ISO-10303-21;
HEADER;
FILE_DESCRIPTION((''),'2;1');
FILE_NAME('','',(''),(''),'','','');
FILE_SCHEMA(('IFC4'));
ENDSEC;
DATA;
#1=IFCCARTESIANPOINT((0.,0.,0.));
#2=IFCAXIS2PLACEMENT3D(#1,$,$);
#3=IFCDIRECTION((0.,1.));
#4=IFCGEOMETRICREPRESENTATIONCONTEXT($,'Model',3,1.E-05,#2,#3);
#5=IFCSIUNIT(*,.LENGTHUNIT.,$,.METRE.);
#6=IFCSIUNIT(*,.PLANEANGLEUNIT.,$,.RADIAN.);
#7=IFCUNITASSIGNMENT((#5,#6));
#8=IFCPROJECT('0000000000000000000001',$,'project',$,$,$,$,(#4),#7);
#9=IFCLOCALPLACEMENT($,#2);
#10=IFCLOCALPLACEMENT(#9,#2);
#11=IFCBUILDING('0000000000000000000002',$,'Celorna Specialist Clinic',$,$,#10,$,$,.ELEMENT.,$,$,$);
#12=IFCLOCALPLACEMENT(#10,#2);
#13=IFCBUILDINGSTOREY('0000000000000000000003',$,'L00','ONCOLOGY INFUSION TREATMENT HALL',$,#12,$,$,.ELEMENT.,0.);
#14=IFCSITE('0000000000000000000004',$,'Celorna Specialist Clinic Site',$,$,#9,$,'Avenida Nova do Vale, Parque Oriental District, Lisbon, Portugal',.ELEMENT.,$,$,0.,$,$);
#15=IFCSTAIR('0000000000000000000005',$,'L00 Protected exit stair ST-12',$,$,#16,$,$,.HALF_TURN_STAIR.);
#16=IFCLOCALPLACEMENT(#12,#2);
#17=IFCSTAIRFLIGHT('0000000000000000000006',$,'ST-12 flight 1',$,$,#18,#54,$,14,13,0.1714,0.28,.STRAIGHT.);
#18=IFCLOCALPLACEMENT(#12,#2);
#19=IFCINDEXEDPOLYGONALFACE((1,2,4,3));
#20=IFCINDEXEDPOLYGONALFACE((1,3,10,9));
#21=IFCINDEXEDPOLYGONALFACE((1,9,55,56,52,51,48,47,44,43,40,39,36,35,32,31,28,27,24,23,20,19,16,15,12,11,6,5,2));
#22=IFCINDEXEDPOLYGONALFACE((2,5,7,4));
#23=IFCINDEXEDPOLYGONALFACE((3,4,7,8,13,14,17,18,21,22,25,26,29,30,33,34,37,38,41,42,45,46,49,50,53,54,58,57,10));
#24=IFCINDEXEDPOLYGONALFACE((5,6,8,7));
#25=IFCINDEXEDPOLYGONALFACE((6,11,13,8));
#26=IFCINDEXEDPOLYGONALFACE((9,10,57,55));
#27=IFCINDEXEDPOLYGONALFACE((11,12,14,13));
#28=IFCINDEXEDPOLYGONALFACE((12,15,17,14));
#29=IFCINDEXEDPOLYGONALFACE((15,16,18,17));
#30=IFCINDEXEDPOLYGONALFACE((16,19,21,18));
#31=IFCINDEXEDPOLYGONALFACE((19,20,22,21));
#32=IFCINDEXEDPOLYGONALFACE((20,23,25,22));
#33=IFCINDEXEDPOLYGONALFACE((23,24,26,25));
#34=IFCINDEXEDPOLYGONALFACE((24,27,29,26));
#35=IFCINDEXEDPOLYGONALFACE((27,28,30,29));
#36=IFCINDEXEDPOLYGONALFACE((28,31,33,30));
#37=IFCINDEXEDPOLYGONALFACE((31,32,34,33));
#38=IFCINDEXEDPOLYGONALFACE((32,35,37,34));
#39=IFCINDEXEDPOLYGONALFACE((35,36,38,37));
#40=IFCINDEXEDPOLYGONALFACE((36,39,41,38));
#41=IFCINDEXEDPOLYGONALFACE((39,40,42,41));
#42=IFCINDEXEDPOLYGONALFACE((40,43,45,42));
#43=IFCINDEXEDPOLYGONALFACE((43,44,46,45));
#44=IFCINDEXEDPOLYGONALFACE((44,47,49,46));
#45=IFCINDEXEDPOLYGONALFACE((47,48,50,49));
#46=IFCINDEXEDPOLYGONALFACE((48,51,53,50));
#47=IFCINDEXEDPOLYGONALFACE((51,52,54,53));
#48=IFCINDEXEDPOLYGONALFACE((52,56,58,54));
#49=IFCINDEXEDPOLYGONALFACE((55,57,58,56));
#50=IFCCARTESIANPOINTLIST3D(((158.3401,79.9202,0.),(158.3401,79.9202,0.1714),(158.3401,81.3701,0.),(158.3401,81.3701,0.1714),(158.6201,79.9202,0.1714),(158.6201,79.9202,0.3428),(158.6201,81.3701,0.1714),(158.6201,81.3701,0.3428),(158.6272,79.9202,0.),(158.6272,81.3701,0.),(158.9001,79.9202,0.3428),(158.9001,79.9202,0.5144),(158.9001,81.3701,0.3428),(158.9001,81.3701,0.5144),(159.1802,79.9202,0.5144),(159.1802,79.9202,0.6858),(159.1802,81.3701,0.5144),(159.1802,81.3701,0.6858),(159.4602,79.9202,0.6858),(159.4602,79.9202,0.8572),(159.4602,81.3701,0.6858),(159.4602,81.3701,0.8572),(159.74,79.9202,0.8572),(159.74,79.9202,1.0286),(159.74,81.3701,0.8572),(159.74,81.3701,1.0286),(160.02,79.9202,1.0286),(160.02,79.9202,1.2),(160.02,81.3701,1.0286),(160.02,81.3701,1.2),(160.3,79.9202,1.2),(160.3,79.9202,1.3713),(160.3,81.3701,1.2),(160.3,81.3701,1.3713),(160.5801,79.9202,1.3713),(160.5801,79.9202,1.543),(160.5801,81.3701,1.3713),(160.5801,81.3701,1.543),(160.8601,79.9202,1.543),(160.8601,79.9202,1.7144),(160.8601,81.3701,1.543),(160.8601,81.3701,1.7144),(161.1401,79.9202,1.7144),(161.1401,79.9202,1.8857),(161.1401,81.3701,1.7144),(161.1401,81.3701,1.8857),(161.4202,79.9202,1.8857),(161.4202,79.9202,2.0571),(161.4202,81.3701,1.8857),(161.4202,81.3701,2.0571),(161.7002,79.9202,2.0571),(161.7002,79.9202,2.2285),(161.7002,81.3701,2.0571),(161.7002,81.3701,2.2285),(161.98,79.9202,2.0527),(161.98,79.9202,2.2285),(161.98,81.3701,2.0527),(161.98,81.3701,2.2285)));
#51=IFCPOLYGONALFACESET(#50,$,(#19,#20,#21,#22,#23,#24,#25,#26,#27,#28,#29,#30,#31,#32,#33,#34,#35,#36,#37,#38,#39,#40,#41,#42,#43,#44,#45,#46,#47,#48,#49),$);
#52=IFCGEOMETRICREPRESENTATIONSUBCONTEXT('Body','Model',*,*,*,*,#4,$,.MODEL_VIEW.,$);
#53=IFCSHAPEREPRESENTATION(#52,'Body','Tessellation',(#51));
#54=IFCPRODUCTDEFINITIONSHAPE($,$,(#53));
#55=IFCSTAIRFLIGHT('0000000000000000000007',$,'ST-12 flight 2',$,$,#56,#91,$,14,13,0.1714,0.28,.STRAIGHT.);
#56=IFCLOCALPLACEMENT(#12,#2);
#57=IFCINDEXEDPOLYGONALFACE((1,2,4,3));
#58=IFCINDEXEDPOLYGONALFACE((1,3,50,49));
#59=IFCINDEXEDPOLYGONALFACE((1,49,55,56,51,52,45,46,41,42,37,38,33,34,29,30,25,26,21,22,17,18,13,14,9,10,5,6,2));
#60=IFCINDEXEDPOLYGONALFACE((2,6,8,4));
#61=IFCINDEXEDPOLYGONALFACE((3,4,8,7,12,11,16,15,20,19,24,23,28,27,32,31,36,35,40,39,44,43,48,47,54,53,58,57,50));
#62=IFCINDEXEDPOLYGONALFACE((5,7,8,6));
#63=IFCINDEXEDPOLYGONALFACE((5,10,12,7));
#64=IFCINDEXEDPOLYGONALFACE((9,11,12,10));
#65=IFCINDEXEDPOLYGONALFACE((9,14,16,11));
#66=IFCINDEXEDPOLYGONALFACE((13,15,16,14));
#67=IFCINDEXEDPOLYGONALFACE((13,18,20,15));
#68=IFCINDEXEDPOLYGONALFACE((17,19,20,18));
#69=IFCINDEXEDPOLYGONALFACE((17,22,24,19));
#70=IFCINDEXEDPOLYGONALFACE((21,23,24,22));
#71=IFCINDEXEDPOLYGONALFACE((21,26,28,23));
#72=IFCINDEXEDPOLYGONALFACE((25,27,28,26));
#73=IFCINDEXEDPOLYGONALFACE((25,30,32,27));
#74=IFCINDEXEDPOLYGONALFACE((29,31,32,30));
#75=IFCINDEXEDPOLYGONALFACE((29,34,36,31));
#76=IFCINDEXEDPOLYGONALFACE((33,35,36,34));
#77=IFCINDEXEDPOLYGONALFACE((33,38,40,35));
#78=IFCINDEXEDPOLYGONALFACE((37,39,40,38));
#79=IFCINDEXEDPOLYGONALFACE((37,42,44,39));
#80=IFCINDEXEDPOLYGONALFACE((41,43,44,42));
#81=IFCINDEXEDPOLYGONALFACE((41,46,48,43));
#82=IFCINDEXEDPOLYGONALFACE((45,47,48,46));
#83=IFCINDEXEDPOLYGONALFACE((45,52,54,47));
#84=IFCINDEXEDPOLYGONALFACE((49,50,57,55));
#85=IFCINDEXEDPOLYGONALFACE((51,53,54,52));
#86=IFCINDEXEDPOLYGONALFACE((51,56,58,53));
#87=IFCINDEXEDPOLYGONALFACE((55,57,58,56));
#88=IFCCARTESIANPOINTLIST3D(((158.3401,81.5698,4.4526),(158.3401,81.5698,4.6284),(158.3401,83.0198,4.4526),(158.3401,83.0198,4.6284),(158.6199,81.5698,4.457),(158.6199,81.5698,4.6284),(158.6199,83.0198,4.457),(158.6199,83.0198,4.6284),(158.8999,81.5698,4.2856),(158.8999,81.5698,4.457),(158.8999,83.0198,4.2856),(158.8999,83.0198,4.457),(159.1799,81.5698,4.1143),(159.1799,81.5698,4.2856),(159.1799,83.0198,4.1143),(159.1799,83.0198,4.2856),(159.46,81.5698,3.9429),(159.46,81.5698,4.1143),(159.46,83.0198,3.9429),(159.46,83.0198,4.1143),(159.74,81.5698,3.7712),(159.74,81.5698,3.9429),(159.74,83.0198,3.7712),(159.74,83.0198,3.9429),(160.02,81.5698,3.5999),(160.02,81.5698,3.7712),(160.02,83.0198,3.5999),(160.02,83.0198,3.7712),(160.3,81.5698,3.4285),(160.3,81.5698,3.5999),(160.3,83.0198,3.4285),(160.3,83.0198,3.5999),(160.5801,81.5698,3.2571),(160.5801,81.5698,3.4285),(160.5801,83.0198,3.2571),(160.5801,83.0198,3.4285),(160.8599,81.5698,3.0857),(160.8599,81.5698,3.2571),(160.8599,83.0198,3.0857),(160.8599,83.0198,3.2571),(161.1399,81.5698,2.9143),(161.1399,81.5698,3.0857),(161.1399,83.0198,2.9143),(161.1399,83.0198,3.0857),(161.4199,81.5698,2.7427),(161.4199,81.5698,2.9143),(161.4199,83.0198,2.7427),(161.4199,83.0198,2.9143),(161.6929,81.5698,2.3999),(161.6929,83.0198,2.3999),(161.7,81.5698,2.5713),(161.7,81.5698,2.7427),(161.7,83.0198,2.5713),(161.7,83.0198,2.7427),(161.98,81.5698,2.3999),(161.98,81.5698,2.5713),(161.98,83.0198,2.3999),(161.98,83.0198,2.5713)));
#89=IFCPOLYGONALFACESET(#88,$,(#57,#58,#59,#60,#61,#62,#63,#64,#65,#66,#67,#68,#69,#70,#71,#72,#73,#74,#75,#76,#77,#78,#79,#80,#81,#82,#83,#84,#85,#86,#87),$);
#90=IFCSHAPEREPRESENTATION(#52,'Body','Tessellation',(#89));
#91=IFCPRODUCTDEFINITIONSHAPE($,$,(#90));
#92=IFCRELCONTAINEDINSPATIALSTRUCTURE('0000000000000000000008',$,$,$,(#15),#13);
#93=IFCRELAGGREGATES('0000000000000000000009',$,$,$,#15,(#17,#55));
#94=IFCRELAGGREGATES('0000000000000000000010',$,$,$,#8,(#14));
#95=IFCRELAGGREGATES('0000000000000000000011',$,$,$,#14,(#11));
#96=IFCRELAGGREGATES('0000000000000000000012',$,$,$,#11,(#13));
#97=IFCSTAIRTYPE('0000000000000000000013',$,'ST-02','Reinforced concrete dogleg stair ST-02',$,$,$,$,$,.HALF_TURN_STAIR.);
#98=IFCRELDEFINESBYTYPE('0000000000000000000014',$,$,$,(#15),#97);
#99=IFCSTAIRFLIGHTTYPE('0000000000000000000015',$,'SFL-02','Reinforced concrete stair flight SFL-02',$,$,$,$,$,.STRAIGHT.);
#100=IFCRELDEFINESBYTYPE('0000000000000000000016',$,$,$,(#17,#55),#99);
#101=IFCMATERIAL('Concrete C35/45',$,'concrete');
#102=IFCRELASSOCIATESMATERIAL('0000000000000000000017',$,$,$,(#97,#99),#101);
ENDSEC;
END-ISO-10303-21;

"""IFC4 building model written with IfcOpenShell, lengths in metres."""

from ifc_helpers import new_model, si_unit, direction, frame, origin, place, context, subcontext, project, spatial, polyline, outline, extrude, material, type_object, element, aggregate, save


model = new_model("IFC4")

# Units and contexts
model_context = context("Model", 3, precision=1e-05, world=origin(), true_north=direction((0.0, 1.0)))
body_context = subcontext(model_context, "Body", "Model", "MODEL_VIEW")
ifc_project = project(units=[si_unit("LENGTHUNIT", "METRE"), si_unit("PLANEANGLEUNIT", "RADIAN")], contexts=[model_context])

# Site, building, storey
site_placement = place(None, origin())
site = spatial("IfcSite", under=ifc_project, at=site_placement, Name="Celorna Specialist Clinic Site", LongName="Avenida Nova do Vale, Parque Oriental District, Lisbon, Portugal", CompositionType="ELEMENT", RefElevation=0.0)
building_placement = place(site_placement, origin())
building = spatial("IfcBuilding", under=site, at=building_placement, Name="Celorna Specialist Clinic", CompositionType="ELEMENT")
storey_placement = place(building_placement, origin())
storey = spatial("IfcBuildingStorey", under=building, at=storey_placement, Name="L00", Description="ONCOLOGY INFUSION TREATMENT HALL", CompositionType="ELEMENT", Elevation=0.0)

# Shared definitions
ifc_material_1 = material(Name="Concrete C35/45", Category="concrete")

# Stair, stair flights
stair_type = type_object("IfcStairType", Name="ST-02", Description="Reinforced concrete dogleg stair ST-02", PredefinedType="HALF_TURN_STAIR", material=ifc_material_1)
stair_placement = place(storey_placement, origin())
stair = element("IfcStair", 1, at=stair_placement, inside=storey, type_object=stair_type, Name="L00 Protected exit stair ST-12", PredefinedType="HALF_TURN_STAIR")
stair_flight_type = type_object("IfcStairFlightType", Name="SFL-02", Description="Reinforced concrete stair flight SFL-02", PredefinedType="STRAIGHT", material=ifc_material_1)
stair_flight_1_placement = place(storey_placement, frame((158.3401, 80.645, 0.0), z_axis=(0.0, 0.0, 1.0), x_axis=(1.0, 0.0, 0.0)))
stair_flight_1 = element("IfcStairFlight", 2, at=stair_flight_1_placement, type_object=stair_flight_type, Name="ST-12 flight 1", NumberOfRisers=14, NumberOfTreads=13, PredefinedType="STRAIGHT", RiserHeight=0.1714, TreadLength=0.28, context=body_context, shape_type="SweptSolid", body=[
    extrude(outline(polyline([(0.0, 0.0), (0.0, 0.1714), (0.28, 0.1714), (0.28, 0.3428), (0.5601, 0.3428), (0.5601, 0.5144), (0.8401, 0.5144), (0.8401, 0.6858), (1.1201, 0.6858), (1.1201, 0.8572), (1.3999, 0.8572), (1.3999, 1.0286), (1.6799, 1.0286), (1.6799, 1.2), (1.96, 1.2), (1.96, 1.3713), (2.24, 1.3713), (2.24, 1.543), (2.52, 1.543), (2.52, 1.7144), (2.8, 1.7144), (2.8, 1.8857), (3.0801, 1.8857), (3.0801, 2.0571), (3.3601, 2.0571), (3.3601, 2.2285), (3.6399, 2.2285), (3.6399, 2.3999), (3.6399, 2.0527), (0.2871, 0.0), (0.0, 0.0)])), frame((0.0, 0.7251, 0.0), z_axis=(0.0, -1.0, 0.0), x_axis=(1.0, 0.0, 0.0)), (0.0, 0.0, 1.0), 1.45),
])
stair_flight_2_placement = place(storey_placement, frame((161.98, 82.2949, 2.3999), z_axis=(0.0, 0.0, 1.0), x_axis=(-1.0, 0.0, 0.0)))
stair_flight_2 = element("IfcStairFlight", 3, at=stair_flight_2_placement, type_object=stair_flight_type, Name="ST-12 flight 2", NumberOfRisers=14, NumberOfTreads=13, PredefinedType="STRAIGHT", RiserHeight=0.1714, TreadLength=0.28, context=body_context, shape_type="SweptSolid", body=[
    extrude(outline(polyline([(0.0, 0.0), (0.0, 0.1714), (0.28, 0.1714), (0.28, 0.3428), (0.5601, 0.3428), (0.5601, 0.5144), (0.8401, 0.5144), (0.8401, 0.6858), (1.1201, 0.6858), (1.1201, 0.8572), (1.3999, 0.8572), (1.3999, 1.0286), (1.6799, 1.0286), (1.6799, 1.2), (1.96, 1.2), (1.96, 1.3713), (2.24, 1.3713), (2.24, 1.543), (2.52, 1.543), (2.52, 1.7144), (2.8, 1.7144), (2.8, 1.8857), (3.0801, 1.8857), (3.0801, 2.0571), (3.3601, 2.0571), (3.3601, 2.2285), (3.6399, 2.2285), (3.6399, 2.3999), (3.6399, 2.0527), (0.2871, 0.0), (0.0, 0.0)])), frame((0.0, 0.7251, 0.0), z_axis=(0.0, -1.0, 0.0), x_axis=(1.0, 0.0, 0.0)), (0.0, 0.0, 1.0), 1.45),
])
aggregate(stair, [stair_flight_1, stair_flight_2])

save(model, "model.ifc")
